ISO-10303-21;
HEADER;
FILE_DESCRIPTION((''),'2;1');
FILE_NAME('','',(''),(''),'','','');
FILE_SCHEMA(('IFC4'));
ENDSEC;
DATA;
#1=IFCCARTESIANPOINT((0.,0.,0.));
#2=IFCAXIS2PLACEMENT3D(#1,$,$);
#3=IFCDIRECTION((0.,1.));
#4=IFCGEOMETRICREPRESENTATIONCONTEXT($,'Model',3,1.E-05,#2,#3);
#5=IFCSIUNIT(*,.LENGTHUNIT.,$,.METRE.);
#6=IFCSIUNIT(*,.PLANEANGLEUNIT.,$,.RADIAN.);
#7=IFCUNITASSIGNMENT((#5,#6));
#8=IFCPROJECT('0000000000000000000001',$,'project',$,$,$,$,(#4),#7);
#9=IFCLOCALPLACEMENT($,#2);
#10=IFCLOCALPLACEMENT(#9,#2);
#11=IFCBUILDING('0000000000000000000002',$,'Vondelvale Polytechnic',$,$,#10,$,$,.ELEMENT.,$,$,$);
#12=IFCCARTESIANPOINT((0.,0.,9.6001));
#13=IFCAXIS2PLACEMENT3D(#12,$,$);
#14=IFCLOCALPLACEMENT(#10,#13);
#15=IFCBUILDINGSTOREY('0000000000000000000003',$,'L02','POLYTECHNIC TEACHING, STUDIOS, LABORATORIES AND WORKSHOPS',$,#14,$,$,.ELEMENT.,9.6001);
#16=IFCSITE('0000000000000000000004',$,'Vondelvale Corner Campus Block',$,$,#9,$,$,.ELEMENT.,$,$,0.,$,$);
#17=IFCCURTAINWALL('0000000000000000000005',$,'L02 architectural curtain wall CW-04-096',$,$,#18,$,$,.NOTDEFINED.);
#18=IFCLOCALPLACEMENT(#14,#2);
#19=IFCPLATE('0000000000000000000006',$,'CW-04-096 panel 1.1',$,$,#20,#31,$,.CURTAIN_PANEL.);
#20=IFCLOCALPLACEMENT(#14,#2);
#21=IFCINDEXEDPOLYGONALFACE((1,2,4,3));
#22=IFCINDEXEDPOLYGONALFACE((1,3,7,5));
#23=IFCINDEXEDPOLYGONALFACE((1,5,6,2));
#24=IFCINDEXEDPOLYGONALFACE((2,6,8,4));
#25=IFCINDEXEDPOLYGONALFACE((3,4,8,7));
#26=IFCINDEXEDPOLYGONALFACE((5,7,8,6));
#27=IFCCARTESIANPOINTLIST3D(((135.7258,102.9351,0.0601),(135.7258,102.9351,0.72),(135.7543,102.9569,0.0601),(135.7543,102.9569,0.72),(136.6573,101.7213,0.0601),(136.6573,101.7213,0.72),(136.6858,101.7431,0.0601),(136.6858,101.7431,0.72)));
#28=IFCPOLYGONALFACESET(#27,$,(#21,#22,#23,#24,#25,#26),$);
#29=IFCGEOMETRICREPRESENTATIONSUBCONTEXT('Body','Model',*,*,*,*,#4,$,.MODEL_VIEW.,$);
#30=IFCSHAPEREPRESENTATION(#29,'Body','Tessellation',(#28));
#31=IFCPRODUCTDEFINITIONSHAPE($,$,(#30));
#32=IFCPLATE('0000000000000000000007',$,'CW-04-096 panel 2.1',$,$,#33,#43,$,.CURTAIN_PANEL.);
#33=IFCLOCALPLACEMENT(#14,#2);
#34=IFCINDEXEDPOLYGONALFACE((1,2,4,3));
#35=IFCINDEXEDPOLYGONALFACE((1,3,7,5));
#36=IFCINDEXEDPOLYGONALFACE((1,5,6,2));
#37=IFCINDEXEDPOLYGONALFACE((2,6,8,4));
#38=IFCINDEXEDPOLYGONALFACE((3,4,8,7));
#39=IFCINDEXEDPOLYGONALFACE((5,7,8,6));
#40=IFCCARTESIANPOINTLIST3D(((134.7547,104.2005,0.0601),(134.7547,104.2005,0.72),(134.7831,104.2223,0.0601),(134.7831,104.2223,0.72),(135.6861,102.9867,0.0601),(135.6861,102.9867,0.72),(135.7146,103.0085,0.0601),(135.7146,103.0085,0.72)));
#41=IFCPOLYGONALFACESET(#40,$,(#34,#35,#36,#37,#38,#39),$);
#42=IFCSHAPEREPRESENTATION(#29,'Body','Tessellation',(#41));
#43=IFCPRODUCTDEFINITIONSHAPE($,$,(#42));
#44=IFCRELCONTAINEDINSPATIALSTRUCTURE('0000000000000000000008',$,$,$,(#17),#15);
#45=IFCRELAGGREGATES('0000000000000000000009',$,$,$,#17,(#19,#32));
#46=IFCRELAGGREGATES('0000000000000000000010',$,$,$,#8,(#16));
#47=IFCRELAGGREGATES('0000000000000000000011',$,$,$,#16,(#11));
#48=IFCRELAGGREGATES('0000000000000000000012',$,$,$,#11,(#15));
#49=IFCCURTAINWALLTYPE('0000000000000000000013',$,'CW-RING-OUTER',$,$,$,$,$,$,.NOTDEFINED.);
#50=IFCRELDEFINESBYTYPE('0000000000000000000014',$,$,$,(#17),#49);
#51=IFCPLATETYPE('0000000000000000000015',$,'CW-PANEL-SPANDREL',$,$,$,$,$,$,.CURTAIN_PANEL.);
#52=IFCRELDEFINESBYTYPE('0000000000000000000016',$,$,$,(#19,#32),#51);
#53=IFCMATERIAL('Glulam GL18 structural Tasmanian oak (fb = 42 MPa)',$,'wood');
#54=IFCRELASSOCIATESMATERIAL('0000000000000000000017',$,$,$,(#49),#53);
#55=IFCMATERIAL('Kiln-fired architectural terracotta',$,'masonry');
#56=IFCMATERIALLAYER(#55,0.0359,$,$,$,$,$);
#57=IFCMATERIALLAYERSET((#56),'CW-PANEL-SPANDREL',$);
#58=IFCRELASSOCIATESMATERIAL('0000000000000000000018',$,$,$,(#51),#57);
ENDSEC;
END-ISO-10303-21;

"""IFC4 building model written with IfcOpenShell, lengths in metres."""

from ifc_helpers import new_model, si_unit, direction, frame, origin, origin_2d, place, context, subcontext, project, spatial, rectangle, extrude, material, layer, layer_set, type_object, element, aggregate, save


model = new_model("IFC4")

# Units and contexts
model_context = context("Model", 3, precision=1e-05, world=origin(), true_north=direction((0.0, 1.0)))
body_context = subcontext(model_context, "Body", "Model", "MODEL_VIEW")
ifc_project = project(units=[si_unit("LENGTHUNIT", "METRE"), si_unit("PLANEANGLEUNIT", "RADIAN")], contexts=[model_context])

# Site, building, storey
site_placement = place(None, origin())
site = spatial("IfcSite", under=ifc_project, at=site_placement, Name="Vondelvale Corner Campus Block", CompositionType="ELEMENT", RefElevation=0.0)
building_placement = place(site_placement, origin())
building = spatial("IfcBuilding", under=site, at=building_placement, Name="Vondelvale Polytechnic", CompositionType="ELEMENT")
storey_placement = place(building_placement, frame((0.0, 0.0, 9.6001)))
storey = spatial("IfcBuildingStorey", under=building, at=storey_placement, Name="L02", Description="POLYTECHNIC TEACHING, STUDIOS, LABORATORIES AND WORKSHOPS", CompositionType="ELEMENT", Elevation=9.6001)

# Curtain wall
ifc_material_1 = material(Name="Glulam GL18 structural Tasmanian oak (fb = 42 MPa)", Category="wood")
curtain_wall_type = type_object("IfcCurtainWallType", Name="CW-RING-OUTER", PredefinedType="NOTDEFINED", material=ifc_material_1)
curtain_wall_1_placement = place(storey_placement, origin())
curtain_wall_1 = element("IfcCurtainWall", 1, at=curtain_wall_1_placement, inside=storey, type_object=curtain_wall_type, Name="L02 architectural curtain wall CW-04-096", PredefinedType="NOTDEFINED")

# Plates
ifc_material_2 = material(Name="Kiln-fired architectural terracotta", Category="masonry")
ifc_layer_1 = layer(ifc_material_2, 0.0359)
ifc_layer_set_1 = layer_set([ifc_layer_1], Name="CW-PANEL-SPANDREL")
plate_type_1 = type_object("IfcPlateType", Name="CW-PANEL-SPANDREL", PredefinedType="CURTAIN_PANEL", material=ifc_layer_set_1)
plate_1_placement = place(storey_placement, frame((136.2058, 102.3391, 0.0601), z_axis=(0.0, 0.0, 1.0), x_axis=(-0.608787, 0.793334, 0.0)))
plate_1 = element("IfcPlate", 2, at=plate_1_placement, type_object=plate_type_1, Name="CW-04-096 panel 1.1", PredefinedType="CURTAIN_PANEL", context=body_context, shape_type="SweptSolid", body=[
    extrude(rectangle(XDim=1.53, YDim=0.0359, at=origin_2d()), origin(), (0.0, 0.0, 1.0), 0.6599),
])
plate_2_placement = place(storey_placement, frame((135.2346, 103.6045, 0.0601), z_axis=(0.0, 0.0, 1.0), x_axis=(-0.608787, 0.793334, 0.0)))
plate_2 = element("IfcPlate", 3, at=plate_2_placement, type_object=plate_type_1, Name="CW-04-096 panel 2.1", PredefinedType="CURTAIN_PANEL", context=body_context, shape_type="SweptSolid", body=[
    extrude(rectangle(XDim=1.53, YDim=0.0359, at=origin_2d()), origin(), (0.0, 0.0, 1.0), 0.6599),
])
aggregate(curtain_wall_1, [plate_1, plate_2])

save(model, "model.ifc")
